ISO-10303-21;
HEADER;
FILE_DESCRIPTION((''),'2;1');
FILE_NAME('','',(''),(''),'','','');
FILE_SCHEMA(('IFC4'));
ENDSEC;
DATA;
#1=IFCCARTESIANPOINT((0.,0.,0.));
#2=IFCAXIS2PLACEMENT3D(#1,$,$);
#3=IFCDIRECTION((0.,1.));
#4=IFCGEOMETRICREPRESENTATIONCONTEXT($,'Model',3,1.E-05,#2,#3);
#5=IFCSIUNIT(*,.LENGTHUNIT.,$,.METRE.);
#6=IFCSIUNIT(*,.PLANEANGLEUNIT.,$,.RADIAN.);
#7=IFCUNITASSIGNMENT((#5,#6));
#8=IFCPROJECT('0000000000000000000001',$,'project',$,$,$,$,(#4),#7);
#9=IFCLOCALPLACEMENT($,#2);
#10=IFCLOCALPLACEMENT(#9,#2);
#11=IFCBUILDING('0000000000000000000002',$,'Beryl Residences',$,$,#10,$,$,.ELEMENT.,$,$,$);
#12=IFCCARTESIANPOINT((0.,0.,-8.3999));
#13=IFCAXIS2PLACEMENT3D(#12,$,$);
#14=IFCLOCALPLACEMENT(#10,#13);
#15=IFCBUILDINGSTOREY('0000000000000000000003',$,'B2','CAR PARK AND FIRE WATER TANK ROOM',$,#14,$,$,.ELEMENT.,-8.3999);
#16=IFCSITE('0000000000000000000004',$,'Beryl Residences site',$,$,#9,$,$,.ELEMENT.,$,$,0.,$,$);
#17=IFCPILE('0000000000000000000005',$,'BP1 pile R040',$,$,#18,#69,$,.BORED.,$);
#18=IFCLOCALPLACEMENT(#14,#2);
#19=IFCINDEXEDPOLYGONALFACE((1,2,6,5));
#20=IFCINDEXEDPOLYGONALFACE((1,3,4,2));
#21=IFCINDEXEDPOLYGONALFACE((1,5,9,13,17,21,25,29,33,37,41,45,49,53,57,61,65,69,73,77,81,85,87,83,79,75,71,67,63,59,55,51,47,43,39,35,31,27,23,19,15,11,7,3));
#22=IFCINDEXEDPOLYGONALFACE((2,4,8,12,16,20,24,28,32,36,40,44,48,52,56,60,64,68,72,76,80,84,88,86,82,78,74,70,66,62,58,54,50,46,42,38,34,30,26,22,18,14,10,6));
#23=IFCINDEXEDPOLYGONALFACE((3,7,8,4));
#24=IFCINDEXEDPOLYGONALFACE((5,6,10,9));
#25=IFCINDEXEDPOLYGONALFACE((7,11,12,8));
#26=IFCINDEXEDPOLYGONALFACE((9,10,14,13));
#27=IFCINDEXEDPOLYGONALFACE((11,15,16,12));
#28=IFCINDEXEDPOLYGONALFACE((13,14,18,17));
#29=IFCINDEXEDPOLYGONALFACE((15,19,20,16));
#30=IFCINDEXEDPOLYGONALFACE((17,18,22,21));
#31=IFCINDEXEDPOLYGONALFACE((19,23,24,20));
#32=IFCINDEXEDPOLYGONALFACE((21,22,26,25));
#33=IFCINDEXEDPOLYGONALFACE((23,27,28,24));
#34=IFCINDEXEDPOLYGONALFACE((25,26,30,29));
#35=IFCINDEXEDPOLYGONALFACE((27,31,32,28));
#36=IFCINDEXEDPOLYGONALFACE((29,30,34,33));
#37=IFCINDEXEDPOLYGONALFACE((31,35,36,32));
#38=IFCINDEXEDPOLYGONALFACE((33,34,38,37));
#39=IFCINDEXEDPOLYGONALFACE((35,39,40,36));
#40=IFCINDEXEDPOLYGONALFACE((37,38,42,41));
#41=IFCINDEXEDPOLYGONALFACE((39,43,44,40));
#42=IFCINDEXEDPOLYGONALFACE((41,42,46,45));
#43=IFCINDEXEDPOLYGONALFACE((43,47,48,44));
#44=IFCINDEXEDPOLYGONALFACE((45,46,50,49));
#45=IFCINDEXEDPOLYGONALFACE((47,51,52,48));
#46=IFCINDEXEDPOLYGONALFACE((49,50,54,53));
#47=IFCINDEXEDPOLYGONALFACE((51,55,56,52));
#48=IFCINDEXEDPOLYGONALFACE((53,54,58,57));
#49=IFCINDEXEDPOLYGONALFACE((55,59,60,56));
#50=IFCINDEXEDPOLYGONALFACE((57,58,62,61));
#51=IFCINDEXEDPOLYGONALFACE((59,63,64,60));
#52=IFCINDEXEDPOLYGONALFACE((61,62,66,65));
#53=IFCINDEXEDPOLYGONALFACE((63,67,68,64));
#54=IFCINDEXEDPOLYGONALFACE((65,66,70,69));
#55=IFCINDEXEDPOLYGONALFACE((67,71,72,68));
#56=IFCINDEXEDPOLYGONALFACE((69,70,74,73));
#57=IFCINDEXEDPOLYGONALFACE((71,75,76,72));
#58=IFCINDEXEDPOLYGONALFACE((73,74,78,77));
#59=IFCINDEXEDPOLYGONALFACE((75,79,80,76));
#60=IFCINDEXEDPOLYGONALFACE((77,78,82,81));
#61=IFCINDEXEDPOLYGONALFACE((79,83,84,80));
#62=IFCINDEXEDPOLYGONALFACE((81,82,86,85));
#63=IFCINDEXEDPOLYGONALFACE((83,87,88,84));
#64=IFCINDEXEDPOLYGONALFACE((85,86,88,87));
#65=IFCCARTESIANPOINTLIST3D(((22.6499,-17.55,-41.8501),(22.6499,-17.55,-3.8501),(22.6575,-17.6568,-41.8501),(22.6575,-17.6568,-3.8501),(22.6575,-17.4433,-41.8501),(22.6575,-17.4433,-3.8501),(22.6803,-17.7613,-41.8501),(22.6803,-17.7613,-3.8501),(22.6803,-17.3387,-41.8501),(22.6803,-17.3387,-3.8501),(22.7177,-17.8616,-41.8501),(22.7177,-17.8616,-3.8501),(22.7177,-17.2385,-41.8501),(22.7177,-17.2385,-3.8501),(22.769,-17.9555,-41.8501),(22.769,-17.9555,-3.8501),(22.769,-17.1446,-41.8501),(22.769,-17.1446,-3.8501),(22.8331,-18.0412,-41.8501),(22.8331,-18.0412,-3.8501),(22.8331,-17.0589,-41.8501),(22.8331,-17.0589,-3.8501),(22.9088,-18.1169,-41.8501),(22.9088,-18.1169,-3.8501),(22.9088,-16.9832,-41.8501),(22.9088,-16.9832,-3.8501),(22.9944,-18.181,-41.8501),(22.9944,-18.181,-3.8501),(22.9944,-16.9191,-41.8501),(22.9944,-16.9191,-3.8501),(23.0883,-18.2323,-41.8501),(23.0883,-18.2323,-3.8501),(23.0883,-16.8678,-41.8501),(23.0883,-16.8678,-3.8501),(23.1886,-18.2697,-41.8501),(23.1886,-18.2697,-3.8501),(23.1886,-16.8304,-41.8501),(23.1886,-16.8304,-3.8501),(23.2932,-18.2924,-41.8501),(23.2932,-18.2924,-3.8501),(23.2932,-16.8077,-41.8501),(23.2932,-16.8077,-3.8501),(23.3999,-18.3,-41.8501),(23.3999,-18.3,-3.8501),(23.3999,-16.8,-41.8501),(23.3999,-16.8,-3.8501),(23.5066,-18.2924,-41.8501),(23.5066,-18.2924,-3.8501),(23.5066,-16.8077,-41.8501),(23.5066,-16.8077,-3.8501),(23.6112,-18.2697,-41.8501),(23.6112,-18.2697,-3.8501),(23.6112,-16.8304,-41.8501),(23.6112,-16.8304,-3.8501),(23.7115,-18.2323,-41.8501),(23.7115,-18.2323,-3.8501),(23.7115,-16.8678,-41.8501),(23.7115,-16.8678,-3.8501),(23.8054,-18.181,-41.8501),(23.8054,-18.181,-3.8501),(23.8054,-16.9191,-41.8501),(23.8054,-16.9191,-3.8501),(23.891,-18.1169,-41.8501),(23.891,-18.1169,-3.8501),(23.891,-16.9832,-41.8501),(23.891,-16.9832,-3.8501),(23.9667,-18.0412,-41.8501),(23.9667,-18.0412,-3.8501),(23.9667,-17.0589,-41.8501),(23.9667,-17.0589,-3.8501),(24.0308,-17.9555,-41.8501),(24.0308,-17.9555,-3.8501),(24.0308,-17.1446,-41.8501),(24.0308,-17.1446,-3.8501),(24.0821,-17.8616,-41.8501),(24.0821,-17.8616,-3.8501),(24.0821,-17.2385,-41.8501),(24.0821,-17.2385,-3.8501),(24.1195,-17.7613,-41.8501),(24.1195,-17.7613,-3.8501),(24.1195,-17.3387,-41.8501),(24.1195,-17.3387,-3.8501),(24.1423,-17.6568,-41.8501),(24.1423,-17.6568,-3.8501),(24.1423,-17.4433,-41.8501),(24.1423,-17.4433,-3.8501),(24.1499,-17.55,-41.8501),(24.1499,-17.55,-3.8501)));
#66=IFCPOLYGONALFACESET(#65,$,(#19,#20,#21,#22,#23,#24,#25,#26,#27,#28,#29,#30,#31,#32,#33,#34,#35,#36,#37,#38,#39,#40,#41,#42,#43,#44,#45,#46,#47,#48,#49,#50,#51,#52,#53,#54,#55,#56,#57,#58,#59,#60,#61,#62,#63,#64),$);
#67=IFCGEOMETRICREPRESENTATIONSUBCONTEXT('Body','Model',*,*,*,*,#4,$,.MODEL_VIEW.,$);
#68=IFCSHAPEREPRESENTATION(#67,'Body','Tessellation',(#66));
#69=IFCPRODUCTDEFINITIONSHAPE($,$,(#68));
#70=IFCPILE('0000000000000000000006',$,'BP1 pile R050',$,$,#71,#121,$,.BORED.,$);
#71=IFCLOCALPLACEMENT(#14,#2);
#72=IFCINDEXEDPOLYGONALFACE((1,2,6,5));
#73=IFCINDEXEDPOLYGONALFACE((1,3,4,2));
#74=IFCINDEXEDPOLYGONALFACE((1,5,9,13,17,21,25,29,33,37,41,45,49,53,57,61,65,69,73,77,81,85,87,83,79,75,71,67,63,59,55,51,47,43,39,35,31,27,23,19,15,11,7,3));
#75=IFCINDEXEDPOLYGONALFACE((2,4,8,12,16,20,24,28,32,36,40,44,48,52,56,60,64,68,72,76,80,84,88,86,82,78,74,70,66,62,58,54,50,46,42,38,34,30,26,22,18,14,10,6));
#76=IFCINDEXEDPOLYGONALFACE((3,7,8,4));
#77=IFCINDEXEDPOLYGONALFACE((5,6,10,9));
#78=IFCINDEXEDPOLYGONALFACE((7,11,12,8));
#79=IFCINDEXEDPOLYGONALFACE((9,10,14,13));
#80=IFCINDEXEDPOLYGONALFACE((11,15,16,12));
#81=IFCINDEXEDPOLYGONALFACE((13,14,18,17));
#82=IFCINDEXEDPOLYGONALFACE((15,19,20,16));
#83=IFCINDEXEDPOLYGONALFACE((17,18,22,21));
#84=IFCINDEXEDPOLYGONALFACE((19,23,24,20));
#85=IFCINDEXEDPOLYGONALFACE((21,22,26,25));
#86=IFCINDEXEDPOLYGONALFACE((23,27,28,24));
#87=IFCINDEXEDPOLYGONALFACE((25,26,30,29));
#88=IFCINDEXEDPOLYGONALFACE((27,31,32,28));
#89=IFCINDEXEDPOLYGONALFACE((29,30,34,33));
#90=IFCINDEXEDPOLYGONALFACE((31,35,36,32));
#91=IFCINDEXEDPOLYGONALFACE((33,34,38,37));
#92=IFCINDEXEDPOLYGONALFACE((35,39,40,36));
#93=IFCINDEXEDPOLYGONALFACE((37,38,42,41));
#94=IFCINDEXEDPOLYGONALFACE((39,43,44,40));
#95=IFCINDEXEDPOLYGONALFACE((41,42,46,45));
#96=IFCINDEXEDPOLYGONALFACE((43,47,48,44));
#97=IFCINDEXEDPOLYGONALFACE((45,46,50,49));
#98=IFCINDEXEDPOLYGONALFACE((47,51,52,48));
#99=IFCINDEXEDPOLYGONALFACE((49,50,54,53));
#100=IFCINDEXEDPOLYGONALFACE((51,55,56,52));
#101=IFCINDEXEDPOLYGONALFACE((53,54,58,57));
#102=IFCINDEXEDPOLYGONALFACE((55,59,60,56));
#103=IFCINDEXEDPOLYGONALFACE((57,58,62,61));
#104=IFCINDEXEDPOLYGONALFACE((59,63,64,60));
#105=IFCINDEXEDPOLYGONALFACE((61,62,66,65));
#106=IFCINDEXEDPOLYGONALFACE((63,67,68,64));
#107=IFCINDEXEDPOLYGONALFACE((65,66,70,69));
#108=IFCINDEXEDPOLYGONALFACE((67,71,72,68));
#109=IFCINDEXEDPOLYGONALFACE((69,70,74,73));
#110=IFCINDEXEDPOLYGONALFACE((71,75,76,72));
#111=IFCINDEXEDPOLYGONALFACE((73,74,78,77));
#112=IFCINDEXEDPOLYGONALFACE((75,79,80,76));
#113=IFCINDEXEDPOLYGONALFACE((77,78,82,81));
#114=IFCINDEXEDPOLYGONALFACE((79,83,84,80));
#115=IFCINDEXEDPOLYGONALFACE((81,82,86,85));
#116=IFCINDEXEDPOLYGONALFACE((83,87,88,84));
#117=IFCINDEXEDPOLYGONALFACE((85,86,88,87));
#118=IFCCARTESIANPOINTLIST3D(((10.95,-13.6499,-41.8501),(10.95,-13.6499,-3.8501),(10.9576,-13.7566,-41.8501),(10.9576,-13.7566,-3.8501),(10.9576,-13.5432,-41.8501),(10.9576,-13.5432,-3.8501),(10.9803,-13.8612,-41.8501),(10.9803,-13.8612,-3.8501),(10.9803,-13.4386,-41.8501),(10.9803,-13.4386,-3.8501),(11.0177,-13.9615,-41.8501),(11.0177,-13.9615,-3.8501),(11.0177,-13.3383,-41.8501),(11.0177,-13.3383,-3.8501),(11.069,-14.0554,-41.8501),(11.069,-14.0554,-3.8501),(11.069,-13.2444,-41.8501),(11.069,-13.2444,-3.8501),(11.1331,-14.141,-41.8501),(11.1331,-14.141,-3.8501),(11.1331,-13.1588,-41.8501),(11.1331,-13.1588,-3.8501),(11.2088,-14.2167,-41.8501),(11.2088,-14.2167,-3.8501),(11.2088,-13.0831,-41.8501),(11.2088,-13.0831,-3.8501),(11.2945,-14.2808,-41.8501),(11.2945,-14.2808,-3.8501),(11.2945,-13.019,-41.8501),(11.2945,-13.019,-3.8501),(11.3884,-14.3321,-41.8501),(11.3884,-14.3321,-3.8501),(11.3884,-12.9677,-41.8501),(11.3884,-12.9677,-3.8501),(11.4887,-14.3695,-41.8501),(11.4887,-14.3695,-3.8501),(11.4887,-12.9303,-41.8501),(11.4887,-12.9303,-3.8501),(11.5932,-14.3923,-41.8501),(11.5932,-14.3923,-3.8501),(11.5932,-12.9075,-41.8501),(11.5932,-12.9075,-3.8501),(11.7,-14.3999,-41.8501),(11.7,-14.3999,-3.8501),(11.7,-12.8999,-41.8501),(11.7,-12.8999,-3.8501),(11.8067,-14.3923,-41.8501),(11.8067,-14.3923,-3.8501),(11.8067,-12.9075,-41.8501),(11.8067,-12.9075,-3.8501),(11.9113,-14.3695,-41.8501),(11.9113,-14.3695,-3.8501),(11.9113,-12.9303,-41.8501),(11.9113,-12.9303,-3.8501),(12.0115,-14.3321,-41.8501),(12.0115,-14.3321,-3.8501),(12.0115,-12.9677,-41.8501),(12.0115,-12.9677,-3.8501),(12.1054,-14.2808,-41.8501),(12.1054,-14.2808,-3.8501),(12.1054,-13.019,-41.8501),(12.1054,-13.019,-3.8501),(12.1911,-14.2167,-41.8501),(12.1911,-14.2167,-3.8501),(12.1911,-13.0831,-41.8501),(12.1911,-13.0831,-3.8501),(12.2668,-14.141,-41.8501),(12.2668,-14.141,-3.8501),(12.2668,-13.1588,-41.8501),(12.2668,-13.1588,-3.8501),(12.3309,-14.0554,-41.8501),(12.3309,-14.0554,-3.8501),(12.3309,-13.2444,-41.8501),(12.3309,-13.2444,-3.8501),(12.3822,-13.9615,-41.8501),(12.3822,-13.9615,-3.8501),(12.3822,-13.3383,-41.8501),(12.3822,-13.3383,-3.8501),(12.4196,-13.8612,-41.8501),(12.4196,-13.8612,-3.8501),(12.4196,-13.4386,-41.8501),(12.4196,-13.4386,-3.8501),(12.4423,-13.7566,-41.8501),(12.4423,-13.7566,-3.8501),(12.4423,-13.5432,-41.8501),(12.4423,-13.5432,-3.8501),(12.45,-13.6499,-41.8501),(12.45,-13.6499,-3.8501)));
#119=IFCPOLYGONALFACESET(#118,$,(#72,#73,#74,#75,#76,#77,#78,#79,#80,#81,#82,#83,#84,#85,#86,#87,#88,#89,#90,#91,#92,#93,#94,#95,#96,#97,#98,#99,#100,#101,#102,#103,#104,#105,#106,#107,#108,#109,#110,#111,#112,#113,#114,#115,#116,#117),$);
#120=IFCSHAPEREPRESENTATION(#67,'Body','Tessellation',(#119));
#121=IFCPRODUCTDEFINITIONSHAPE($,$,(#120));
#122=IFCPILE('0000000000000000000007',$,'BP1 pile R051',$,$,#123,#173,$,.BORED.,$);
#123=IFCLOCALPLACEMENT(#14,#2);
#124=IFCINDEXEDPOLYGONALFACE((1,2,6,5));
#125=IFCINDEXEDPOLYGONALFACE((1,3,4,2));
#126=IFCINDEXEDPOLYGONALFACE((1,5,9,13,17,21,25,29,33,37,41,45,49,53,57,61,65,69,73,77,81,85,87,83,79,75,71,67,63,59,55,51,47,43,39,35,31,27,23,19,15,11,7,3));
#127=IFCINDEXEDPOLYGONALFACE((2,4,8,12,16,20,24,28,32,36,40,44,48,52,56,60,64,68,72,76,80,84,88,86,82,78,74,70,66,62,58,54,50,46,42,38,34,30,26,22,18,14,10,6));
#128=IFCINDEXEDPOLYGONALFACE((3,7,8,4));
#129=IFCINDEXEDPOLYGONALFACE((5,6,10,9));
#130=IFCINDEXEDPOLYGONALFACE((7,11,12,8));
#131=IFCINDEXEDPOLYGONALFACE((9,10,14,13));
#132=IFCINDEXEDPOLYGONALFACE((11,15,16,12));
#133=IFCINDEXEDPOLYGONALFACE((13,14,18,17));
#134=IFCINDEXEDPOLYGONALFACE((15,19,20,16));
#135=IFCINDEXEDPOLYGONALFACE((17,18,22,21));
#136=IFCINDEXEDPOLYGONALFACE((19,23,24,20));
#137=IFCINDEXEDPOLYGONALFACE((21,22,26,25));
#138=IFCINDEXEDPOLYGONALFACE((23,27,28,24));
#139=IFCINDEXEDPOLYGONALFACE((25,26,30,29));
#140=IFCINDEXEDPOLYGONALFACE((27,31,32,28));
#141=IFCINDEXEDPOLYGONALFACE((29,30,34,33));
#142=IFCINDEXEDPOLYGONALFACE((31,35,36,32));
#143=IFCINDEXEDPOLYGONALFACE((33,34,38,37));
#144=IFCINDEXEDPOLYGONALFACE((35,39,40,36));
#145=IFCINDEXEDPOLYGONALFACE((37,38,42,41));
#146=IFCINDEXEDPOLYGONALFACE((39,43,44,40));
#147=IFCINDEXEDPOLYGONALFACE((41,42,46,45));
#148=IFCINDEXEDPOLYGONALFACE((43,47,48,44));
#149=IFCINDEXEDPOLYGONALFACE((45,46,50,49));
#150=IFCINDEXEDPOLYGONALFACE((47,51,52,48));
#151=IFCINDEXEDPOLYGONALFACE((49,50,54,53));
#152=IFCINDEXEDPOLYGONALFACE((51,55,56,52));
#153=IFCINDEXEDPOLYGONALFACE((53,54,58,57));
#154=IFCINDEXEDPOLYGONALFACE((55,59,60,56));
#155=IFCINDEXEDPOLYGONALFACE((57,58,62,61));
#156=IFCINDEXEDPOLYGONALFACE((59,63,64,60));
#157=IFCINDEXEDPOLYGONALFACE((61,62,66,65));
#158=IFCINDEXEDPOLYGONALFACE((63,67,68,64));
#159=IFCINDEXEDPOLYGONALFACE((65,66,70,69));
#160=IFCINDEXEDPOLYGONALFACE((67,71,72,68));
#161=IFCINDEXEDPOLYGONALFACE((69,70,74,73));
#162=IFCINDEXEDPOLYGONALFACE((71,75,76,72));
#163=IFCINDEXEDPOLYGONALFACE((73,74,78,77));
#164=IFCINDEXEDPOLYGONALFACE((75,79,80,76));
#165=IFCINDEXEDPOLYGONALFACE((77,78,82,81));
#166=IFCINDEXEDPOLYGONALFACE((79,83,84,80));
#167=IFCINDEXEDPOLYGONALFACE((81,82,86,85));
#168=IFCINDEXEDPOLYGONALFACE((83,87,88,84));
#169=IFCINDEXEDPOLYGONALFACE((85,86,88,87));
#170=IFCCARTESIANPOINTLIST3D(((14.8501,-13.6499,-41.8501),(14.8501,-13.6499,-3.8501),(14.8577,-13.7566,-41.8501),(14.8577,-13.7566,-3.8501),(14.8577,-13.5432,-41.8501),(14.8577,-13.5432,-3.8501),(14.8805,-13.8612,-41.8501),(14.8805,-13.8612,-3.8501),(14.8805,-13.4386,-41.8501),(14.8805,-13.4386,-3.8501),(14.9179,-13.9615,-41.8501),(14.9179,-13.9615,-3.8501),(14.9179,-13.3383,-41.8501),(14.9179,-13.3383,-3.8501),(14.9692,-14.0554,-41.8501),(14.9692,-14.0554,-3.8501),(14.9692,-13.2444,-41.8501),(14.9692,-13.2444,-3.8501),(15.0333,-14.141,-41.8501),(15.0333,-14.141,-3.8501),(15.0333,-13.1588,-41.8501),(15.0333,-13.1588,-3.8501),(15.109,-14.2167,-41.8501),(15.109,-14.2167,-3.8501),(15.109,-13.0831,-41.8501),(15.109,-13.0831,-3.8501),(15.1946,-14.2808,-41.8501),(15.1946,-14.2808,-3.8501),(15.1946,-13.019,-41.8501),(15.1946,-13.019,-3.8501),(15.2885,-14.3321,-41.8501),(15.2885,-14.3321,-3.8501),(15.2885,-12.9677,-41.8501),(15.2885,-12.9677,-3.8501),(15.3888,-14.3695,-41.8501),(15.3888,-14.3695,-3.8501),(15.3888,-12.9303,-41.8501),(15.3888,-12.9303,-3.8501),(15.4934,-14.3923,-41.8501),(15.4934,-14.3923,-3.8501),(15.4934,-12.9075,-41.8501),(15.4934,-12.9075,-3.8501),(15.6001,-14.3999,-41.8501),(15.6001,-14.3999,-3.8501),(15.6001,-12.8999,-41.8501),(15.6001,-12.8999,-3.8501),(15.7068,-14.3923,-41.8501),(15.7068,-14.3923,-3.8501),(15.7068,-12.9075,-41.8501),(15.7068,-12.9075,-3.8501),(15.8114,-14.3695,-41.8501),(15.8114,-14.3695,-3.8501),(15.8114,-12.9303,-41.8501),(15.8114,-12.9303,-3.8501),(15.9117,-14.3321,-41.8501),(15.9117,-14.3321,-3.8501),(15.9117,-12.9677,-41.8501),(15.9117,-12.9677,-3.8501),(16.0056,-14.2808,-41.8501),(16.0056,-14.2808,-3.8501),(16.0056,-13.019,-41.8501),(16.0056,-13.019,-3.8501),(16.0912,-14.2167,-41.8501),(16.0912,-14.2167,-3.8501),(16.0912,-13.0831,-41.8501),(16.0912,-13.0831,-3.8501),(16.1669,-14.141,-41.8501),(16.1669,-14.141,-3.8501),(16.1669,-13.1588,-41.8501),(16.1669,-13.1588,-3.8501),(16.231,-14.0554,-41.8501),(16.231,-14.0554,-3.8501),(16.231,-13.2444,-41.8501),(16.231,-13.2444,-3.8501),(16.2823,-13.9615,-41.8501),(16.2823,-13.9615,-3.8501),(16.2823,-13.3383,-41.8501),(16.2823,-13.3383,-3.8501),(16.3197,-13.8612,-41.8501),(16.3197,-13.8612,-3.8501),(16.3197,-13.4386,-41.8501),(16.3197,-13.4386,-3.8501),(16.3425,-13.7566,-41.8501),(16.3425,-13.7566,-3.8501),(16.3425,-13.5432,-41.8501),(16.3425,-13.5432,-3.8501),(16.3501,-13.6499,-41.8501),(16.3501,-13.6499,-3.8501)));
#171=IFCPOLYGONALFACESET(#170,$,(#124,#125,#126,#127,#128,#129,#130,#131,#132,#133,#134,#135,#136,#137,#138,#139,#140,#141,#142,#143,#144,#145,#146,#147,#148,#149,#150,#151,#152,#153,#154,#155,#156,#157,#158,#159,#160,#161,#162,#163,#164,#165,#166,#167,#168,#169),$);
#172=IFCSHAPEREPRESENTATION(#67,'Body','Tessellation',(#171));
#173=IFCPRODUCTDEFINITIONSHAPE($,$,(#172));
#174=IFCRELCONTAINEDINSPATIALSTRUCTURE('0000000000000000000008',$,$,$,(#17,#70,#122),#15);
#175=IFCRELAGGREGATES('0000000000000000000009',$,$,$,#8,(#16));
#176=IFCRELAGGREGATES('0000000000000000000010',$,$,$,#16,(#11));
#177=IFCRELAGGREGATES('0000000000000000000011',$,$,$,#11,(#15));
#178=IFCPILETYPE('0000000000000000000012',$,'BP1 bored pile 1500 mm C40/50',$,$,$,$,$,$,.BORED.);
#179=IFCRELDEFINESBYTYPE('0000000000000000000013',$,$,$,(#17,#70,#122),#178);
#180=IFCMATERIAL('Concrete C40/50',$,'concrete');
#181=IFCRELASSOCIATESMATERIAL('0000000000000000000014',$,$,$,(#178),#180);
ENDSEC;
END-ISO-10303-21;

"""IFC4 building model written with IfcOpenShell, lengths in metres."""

from ifc_helpers import new_model, si_unit, direction, frame, origin, origin_2d, place, context, subcontext, project, spatial, circle, extrude, material, material_profile, profile_set, type_object, element, save


model = new_model("IFC4")

# Units and contexts
model_context = context("Model", 3, precision=1e-05, world=origin(), true_north=direction((0.0, 1.0)))
body_context = subcontext(model_context, "Body", "Model", "MODEL_VIEW")
ifc_project = project(units=[si_unit("LENGTHUNIT", "METRE"), si_unit("PLANEANGLEUNIT", "RADIAN")], contexts=[model_context])

# Site, building, storey
site_placement = place(None, origin())
site = spatial("IfcSite", under=ifc_project, at=site_placement, Name="Beryl Residences site", CompositionType="ELEMENT", RefElevation=0.0)
building_placement = place(site_placement, origin())
building = spatial("IfcBuilding", under=site, at=building_placement, Name="Beryl Residences", CompositionType="ELEMENT")
storey_placement = place(building_placement, frame((0.0, 0.0, -8.3999)))
storey = spatial("IfcBuildingStorey", under=building, at=storey_placement, Name="B2", Description="CAR PARK AND FIRE WATER TANK ROOM", CompositionType="ELEMENT", Elevation=-8.3999)

# Piles
ifc_material_1 = material(Name="Concrete C40/50", Category="concrete")
ifc_material_profile_1 = material_profile(ifc_material_1, circle(Radius=0.75, at=origin_2d()))
ifc_profile_set_1 = profile_set([ifc_material_profile_1], Name="Concrete C40/50")
pile_type_1 = type_object("IfcPileType", Name="BP1 bored pile 1500 mm C40/50", PredefinedType="BORED", material=ifc_profile_set_1)
for number, where, z_axis, x_axis, name in (
    (1, (23.3999, -17.55, -3.8501), (0.0, 0.0, -1.0), (1.0, 0.0, 0.0), "BP1 pile R040"),
    (2, (11.7, -13.6499, -3.8501), (0.0, 0.0, -1.0), (1.0, 0.0, 0.0), "BP1 pile R050"),
    (3, (15.6001, -13.6499, -3.8501), (0.0, 0.0, -1.0), (1.0, 0.0, 0.0), "BP1 pile R051"),
):
    element("IfcPile", number, at=place(storey_placement, frame(where, z_axis=z_axis, x_axis=x_axis)), inside=storey, type_object=pile_type_1, Name=name, PredefinedType="BORED", context=body_context, shape_type="SweptSolid", body=[
        extrude(circle(Radius=0.75, at=origin_2d()), origin(), (0.0, 0.0, 1.0), 38.0),
    ])

save(model, "model.ifc")
